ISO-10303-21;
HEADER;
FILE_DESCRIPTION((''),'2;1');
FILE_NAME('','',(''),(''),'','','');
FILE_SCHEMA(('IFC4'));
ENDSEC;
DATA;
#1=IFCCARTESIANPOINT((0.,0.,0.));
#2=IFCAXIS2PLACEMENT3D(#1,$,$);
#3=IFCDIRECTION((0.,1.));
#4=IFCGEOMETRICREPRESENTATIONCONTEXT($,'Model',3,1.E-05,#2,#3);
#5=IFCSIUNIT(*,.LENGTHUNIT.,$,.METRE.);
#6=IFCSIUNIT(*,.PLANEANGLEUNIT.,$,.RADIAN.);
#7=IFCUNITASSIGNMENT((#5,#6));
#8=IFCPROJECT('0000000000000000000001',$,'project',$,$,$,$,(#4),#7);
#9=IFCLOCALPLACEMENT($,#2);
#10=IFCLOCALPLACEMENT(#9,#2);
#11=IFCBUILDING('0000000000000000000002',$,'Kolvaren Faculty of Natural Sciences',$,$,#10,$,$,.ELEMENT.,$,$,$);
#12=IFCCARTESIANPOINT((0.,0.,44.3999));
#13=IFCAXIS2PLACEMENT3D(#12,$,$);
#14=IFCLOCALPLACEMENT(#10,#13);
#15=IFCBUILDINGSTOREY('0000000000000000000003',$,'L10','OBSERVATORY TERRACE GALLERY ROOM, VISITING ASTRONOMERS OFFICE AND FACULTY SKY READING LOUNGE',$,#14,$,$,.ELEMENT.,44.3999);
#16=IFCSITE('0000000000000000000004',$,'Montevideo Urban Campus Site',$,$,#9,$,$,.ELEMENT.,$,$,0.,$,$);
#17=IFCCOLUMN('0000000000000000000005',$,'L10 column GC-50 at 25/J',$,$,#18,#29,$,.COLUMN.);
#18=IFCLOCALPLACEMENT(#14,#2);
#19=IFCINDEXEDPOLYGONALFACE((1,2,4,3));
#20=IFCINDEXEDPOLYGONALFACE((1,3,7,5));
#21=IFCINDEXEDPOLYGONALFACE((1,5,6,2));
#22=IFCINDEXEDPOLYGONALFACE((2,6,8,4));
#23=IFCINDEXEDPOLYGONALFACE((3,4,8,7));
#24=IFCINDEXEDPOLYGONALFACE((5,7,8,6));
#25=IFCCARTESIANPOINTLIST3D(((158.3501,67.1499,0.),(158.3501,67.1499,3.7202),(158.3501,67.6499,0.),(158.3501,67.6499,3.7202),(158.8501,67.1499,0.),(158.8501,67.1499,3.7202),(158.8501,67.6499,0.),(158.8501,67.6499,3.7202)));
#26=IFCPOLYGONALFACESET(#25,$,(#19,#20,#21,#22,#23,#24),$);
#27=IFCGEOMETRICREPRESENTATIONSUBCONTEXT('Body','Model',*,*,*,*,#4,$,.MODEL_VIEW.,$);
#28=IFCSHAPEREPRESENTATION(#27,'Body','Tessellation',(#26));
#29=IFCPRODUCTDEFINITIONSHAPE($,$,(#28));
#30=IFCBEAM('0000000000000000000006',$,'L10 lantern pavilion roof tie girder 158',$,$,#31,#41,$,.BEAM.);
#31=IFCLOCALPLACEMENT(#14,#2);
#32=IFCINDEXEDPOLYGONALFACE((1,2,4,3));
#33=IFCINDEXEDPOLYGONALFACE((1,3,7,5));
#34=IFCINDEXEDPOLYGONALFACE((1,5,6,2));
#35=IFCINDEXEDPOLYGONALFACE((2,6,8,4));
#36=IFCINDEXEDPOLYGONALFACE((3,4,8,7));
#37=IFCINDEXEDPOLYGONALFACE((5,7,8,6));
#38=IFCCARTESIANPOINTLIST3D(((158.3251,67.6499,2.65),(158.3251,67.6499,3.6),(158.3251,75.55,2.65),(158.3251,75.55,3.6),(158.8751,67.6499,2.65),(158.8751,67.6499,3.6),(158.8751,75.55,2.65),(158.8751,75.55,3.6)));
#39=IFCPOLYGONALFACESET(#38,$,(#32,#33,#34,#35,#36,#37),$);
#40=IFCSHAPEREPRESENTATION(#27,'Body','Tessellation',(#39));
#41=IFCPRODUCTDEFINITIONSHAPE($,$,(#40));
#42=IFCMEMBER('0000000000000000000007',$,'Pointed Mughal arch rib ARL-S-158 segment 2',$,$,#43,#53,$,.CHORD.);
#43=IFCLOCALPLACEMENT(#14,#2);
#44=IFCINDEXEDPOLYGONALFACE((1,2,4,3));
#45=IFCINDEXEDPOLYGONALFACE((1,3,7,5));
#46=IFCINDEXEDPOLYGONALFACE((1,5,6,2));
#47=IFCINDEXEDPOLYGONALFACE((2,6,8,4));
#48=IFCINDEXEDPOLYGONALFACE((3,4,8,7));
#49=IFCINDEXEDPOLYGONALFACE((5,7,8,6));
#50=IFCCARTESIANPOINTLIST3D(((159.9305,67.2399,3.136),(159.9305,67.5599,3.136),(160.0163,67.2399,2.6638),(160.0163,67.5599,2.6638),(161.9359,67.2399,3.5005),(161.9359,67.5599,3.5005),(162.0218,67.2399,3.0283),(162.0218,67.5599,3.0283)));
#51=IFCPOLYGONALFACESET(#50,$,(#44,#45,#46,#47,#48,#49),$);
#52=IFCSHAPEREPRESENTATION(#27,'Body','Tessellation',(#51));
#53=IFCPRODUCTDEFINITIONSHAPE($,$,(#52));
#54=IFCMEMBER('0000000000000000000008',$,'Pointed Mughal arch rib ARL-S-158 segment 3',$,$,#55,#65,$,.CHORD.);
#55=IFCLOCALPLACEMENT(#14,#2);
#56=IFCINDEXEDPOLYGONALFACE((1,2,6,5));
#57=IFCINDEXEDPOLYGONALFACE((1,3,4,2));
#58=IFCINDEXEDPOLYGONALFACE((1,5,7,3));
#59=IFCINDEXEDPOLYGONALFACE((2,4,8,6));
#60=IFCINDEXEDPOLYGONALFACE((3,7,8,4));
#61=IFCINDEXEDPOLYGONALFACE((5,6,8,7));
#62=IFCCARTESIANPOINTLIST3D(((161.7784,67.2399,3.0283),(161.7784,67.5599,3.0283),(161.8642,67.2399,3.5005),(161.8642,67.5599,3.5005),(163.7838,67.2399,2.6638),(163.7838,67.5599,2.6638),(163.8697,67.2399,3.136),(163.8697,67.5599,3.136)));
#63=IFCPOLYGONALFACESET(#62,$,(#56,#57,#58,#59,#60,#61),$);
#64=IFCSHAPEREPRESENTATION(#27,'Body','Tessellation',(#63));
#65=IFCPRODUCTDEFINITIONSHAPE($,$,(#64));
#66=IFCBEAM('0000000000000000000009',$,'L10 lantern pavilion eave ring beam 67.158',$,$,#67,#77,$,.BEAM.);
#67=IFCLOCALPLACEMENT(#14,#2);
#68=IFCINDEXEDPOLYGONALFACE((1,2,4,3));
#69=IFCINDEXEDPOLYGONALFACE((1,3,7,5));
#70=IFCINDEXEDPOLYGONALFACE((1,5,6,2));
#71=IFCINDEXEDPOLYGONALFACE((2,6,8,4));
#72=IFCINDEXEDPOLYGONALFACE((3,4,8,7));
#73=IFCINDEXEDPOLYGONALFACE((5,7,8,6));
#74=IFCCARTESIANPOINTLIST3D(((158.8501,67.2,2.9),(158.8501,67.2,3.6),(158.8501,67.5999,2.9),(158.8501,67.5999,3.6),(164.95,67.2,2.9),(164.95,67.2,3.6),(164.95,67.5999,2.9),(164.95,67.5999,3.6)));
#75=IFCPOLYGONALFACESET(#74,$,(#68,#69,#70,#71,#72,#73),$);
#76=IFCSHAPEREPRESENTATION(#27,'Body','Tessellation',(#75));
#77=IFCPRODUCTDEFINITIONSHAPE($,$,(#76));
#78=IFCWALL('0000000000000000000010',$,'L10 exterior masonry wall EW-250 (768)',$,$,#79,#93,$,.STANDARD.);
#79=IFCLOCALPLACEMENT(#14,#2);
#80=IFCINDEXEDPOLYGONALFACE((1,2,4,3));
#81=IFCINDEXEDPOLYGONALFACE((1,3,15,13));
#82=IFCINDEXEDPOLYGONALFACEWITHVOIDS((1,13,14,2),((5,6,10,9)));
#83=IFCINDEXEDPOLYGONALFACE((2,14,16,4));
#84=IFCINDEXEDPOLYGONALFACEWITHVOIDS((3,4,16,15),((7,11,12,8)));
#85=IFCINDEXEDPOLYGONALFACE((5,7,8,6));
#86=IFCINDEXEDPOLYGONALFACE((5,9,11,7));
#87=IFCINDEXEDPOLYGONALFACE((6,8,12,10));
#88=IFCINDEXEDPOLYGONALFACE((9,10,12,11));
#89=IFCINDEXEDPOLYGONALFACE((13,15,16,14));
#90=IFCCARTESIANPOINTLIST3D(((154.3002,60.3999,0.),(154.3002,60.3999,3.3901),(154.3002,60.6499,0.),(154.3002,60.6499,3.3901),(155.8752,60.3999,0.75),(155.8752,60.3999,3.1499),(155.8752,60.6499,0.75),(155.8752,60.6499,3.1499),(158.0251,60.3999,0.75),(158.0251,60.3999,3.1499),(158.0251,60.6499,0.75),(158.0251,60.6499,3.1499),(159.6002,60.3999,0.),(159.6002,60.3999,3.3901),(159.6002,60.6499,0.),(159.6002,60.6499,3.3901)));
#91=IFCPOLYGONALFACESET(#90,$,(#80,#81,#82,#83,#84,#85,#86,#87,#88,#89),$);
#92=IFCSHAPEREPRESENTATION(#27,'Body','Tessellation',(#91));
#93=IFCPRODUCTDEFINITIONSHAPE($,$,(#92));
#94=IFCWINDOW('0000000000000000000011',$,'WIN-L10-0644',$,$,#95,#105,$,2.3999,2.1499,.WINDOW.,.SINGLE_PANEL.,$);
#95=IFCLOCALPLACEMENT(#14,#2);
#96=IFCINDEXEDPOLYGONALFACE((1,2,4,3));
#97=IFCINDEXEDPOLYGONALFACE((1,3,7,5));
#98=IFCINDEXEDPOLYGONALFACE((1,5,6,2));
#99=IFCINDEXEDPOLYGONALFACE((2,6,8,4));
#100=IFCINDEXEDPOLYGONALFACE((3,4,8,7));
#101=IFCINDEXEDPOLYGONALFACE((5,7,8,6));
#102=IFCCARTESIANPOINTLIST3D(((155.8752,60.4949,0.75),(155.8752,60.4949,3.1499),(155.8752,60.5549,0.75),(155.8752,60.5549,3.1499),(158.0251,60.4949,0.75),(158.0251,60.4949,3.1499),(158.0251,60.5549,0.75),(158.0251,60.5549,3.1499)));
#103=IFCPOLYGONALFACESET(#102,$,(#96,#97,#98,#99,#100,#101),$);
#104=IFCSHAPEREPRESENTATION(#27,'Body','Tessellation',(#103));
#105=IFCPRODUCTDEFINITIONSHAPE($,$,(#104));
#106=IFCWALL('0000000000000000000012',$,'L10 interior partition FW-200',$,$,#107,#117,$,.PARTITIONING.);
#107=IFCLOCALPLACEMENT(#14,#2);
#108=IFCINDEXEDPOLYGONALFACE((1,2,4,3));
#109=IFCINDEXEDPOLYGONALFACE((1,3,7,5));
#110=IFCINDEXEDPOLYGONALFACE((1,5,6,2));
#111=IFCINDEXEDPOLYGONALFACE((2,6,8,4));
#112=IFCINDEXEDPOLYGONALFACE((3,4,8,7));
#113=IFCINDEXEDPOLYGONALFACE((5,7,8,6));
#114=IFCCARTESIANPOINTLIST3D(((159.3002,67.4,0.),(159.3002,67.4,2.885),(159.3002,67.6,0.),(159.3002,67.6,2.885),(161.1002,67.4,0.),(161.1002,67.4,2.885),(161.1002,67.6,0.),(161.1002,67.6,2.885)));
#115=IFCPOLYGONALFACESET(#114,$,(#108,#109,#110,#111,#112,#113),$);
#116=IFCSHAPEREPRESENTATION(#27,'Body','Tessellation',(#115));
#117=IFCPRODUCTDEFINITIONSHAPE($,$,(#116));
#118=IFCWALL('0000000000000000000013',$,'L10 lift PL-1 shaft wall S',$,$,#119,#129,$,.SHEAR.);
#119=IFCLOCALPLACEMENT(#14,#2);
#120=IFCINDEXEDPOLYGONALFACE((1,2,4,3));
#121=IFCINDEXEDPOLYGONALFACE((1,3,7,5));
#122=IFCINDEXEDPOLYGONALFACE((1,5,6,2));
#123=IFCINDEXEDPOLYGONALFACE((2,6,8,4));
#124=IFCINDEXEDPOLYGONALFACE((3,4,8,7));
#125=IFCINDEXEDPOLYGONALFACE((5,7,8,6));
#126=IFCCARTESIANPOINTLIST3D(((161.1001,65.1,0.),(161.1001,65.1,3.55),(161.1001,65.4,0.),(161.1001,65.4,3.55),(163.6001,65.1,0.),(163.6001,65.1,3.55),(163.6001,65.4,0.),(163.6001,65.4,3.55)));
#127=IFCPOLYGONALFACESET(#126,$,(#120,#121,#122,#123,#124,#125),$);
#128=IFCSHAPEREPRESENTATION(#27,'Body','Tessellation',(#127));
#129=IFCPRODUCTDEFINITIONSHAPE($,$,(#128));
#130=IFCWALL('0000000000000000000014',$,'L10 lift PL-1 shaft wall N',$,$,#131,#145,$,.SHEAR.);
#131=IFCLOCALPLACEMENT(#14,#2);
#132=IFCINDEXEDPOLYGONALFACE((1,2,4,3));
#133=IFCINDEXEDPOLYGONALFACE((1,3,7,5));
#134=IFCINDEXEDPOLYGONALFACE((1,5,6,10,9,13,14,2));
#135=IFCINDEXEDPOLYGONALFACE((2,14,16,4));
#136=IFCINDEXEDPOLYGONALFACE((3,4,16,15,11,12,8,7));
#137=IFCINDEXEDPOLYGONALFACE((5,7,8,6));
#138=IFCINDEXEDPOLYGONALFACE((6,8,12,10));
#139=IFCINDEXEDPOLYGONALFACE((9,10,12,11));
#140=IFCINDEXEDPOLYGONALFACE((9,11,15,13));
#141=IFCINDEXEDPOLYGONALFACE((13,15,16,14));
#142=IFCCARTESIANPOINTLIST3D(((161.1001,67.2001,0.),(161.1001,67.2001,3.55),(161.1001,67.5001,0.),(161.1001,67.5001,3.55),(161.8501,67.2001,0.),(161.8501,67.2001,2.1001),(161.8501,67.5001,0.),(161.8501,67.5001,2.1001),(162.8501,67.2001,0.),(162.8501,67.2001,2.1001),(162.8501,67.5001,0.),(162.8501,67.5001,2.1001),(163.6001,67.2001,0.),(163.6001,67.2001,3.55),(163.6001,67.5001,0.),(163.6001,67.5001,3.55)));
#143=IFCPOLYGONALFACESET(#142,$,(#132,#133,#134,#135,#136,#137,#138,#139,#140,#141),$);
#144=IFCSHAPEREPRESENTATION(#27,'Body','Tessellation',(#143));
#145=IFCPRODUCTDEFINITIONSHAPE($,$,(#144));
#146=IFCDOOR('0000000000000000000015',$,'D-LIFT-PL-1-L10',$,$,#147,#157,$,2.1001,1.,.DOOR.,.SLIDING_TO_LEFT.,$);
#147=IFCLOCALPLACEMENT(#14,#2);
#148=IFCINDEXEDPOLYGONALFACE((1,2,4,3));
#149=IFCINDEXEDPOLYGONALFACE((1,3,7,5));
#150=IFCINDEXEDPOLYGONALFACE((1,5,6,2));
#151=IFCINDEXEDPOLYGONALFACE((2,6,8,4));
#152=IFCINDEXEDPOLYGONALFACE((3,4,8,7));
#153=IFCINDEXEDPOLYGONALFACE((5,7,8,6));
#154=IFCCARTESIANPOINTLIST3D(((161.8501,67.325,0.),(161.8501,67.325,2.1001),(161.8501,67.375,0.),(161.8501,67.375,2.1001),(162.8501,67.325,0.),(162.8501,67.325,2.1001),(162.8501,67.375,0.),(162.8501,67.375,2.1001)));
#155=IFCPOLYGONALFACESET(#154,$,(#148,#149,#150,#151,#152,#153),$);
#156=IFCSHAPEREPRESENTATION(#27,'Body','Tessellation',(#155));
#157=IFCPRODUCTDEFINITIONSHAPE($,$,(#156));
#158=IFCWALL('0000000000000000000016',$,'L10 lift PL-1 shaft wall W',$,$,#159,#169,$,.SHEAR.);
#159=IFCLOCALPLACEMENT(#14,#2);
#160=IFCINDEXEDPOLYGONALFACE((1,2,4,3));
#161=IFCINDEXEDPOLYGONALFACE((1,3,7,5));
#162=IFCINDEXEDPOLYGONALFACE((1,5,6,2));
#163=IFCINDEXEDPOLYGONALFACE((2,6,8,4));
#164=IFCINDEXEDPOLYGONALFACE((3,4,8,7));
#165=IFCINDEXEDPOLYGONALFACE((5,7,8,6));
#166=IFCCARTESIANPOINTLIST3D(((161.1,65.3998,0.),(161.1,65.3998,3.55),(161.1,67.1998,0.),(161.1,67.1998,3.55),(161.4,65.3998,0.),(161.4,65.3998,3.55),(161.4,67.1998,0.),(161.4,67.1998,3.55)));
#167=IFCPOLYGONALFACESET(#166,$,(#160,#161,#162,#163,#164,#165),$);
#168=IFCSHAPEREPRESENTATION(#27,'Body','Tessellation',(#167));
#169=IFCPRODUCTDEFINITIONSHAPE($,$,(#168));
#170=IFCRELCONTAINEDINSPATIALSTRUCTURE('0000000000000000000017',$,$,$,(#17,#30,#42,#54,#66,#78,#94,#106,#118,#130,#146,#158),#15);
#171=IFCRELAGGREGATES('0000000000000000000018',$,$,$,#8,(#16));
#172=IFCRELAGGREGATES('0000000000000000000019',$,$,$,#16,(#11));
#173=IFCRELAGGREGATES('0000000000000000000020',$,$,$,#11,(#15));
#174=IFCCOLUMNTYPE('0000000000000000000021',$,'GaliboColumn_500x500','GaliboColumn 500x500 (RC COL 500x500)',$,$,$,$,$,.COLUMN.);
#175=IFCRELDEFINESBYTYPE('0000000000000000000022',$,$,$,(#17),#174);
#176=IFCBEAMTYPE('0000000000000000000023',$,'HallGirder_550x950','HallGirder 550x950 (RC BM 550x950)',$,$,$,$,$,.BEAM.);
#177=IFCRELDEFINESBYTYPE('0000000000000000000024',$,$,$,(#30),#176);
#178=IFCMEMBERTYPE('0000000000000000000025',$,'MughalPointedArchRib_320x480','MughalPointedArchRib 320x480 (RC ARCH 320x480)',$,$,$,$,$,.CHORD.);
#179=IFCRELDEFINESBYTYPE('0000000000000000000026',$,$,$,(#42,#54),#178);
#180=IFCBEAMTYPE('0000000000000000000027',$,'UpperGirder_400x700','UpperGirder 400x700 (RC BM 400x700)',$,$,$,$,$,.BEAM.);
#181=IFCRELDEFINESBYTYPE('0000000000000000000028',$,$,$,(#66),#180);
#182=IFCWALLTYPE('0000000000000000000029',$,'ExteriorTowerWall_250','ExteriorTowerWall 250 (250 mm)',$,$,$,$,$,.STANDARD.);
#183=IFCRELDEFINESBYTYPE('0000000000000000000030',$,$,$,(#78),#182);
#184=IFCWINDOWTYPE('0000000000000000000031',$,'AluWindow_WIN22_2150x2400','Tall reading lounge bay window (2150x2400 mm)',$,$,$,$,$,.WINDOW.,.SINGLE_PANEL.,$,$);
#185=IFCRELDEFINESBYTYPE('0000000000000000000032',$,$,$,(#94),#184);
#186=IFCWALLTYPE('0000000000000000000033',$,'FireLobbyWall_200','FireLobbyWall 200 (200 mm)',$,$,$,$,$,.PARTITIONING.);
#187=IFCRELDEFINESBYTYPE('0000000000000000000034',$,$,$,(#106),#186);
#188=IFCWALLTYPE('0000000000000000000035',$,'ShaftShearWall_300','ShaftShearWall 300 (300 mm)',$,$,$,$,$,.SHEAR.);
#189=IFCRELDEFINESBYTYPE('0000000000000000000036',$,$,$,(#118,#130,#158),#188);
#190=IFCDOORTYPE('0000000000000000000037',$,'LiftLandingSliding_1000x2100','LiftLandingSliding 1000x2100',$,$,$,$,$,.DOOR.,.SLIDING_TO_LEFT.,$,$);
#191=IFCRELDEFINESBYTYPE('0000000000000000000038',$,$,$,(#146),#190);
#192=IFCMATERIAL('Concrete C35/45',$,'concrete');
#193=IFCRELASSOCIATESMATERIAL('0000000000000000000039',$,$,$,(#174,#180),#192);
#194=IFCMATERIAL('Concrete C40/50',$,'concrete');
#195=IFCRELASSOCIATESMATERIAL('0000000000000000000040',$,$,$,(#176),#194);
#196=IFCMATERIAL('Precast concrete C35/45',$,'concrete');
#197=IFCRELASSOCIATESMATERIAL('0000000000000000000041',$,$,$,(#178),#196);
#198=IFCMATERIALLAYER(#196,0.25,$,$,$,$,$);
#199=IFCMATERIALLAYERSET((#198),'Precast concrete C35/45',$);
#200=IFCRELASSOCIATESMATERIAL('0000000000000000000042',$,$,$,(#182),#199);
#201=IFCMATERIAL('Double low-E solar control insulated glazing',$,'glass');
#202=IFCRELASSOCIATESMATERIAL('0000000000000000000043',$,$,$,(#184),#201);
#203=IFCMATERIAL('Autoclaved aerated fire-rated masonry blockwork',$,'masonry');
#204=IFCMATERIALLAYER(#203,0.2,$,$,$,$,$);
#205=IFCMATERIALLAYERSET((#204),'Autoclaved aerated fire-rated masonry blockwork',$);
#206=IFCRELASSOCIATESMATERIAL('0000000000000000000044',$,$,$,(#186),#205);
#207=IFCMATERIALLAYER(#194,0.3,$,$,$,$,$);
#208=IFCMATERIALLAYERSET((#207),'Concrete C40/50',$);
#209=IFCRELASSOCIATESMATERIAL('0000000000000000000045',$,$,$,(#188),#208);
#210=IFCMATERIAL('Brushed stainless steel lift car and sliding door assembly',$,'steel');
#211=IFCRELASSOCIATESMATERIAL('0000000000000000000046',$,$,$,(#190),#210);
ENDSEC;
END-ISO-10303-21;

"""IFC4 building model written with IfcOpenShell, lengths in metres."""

from ifc_helpers import new_model, si_unit, direction, frame, frame_2d, origin, origin_2d, place, context, subcontext, project, spatial, rectangle, extrude, material, layer, layer_set, material_profile, profile_set, type_object, element, fill, save


model = new_model("IFC4")

# Units and contexts
model_context = context("Model", 3, precision=1e-05, world=origin(), true_north=direction((0.0, 1.0)))
body_context = subcontext(model_context, "Body", "Model", "MODEL_VIEW")
ifc_project = project(units=[si_unit("LENGTHUNIT", "METRE"), si_unit("PLANEANGLEUNIT", "RADIAN")], contexts=[model_context])

# Site, building, storey
site_placement = place(None, origin())
site = spatial("IfcSite", under=ifc_project, at=site_placement, Name="Montevideo Urban Campus Site", CompositionType="ELEMENT", RefElevation=0.0)
building_placement = place(site_placement, origin())
building = spatial("IfcBuilding", under=site, at=building_placement, Name="Kolvaren Faculty of Natural Sciences", CompositionType="ELEMENT")
storey_placement = place(building_placement, frame((0.0, 0.0, 44.3999)))
storey = spatial("IfcBuildingStorey", under=building, at=storey_placement, Name="L10", Description="OBSERVATORY TERRACE GALLERY ROOM, VISITING ASTRONOMERS OFFICE AND FACULTY SKY READING LOUNGE", CompositionType="ELEMENT", Elevation=44.3999)

# Column
ifc_material_1 = material(Name="Concrete C35/45", Category="concrete")
ifc_material_profile_1 = material_profile(ifc_material_1, rectangle(XDim=0.5, YDim=0.5, at=origin_2d()), Name="RC COL 500x500")
ifc_profile_set_1 = profile_set([ifc_material_profile_1], Name="Concrete C35/45")
column_type = type_object("IfcColumnType", Name="GaliboColumn_500x500", Description="GaliboColumn 500x500 (RC COL 500x500)", PredefinedType="COLUMN", material=ifc_profile_set_1)
column_placement = place(storey_placement, frame((158.6001, 67.3999, 0.0), z_axis=(0.0, 0.0, 1.0), x_axis=(1.0, 0.0, 0.0)))
element("IfcColumn", 1, at=column_placement, inside=storey, type_object=column_type, Name="L10 column GC-50 at 25/J", PredefinedType="COLUMN", context=body_context, shape_type="SweptSolid", body=[
    extrude(rectangle(XDim=0.5, YDim=0.5, at=origin_2d()), origin(), (0.0, 0.0, 1.0), 3.7202),
])

# Beam
ifc_material_2 = material(Name="Concrete C40/50", Category="concrete")
ifc_material_profile_2 = material_profile(ifc_material_2, rectangle(XDim=0.55, YDim=0.95, at=origin_2d()), Name="RC BM 550x950")
ifc_profile_set_2 = profile_set([ifc_material_profile_2], Name="Concrete C40/50")
beam_type_1 = type_object("IfcBeamType", Name="HallGirder_550x950", Description="HallGirder 550x950 (RC BM 550x950)", PredefinedType="BEAM", material=ifc_profile_set_2)
beam_1_placement = place(storey_placement, frame((158.6001, 67.6499, 3.125), z_axis=(0.0, 1.0, 0.0), x_axis=(-1.0, 0.0, 0.0)))
element("IfcBeam", 2, at=beam_1_placement, inside=storey, type_object=beam_type_1, Name="L10 lantern pavilion roof tie girder 158", PredefinedType="BEAM", context=body_context, shape_type="SweptSolid", body=[
    extrude(rectangle(XDim=0.55, YDim=0.95, at=origin_2d()), origin(), (0.0, 0.0, 1.0), 7.9001),
])

# Members
ifc_material_3 = material(Name="Precast concrete C35/45", Category="concrete")
ifc_material_profile_3 = material_profile(ifc_material_3, rectangle(XDim=0.3201, YDim=0.48, at=origin_2d()), Name="RC ARCH 320x480")
ifc_profile_set_3 = profile_set([ifc_material_profile_3], Name="Precast concrete C35/45")
member_type = type_object("IfcMemberType", Name="MughalPointedArchRib_320x480", Description="MughalPointedArchRib 320x480 (RC ARCH 320x480)", PredefinedType="CHORD", material=ifc_profile_set_3)
for number, where, z_axis, x_axis, name in (
    (3, (159.9734, 67.3999, 2.8999), (0.983879, 0.0, 0.178833), (0.0, 1.0, 0.0), "Pointed Mughal arch rib ARL-S-158 segment 2"),
    (4, (161.8213, 67.3999, 3.2644), (0.983879, 0.0, -0.178833), (0.0, 1.0, 0.0), "Pointed Mughal arch rib ARL-S-158 segment 3"),
):
    element("IfcMember", number, at=place(storey_placement, frame(where, z_axis=z_axis, x_axis=x_axis)), inside=storey, type_object=member_type, Name=name, PredefinedType="CHORD", context=body_context, shape_type="SweptSolid", body=[
        extrude(rectangle(XDim=0.3201, YDim=0.48, at=origin_2d()), origin(), (0.0, 0.0, 1.0), 2.0383),
    ])

# Beam
ifc_material_profile_4 = material_profile(ifc_material_1, rectangle(XDim=0.3999, YDim=0.7, at=origin_2d()), Name="RC BM 400x700")
ifc_profile_set_4 = profile_set([ifc_material_profile_4], Name="Concrete C35/45")
beam_type_2 = type_object("IfcBeamType", Name="UpperGirder_400x700", Description="UpperGirder 400x700 (RC BM 400x700)", PredefinedType="BEAM", material=ifc_profile_set_4)
beam_2_placement = place(storey_placement, frame((158.8501, 67.3999, 3.25), z_axis=(1.0, 0.0, 0.0), x_axis=(0.0, 1.0, 0.0)))
element("IfcBeam", 5, at=beam_2_placement, inside=storey, type_object=beam_type_2, Name="L10 lantern pavilion eave ring beam 67.158", PredefinedType="BEAM", context=body_context, shape_type="SweptSolid", body=[
    extrude(rectangle(XDim=0.3999, YDim=0.7, at=origin_2d()), origin(), (0.0, 0.0, 1.0), 6.0999),
])

# Wall, opening, window
ifc_layer_1 = layer(ifc_material_3, 0.25)
ifc_layer_set_1 = layer_set([ifc_layer_1], Name="Precast concrete C35/45")
wall_type_1 = type_object("IfcWallType", Name="ExteriorTowerWall_250", Description="ExteriorTowerWall 250 (250 mm)", PredefinedType="STANDARD", material=ifc_layer_set_1)
wall_1_placement = place(storey_placement, frame((159.6001, 60.5249, 0.0), z_axis=(0.0, 0.0, 1.0), x_axis=(-1.0, 0.0, 0.0)))
wall_1 = element("IfcWall", 6, at=wall_1_placement, inside=storey, type_object=wall_type_1, Name="L10 exterior masonry wall EW-250 (768)", PredefinedType="STANDARD", context=body_context, shape_type="SweptSolid", body=[
    extrude(rectangle(XDim=5.3, YDim=0.25, at=frame_2d((2.6499, 0.0))), origin(), (0.0, 0.0, 1.0), 3.3901),
])
opening_1_placement = place(wall_1_placement, frame((1.575, 0.0, 0.75)))
opening_1 = element("IfcOpeningElement", 7, at=opening_1_placement, cuts=wall_1, PredefinedType="OPENING", context=body_context, shape_type="SweptSolid", body=[
    extrude(rectangle(XDim=2.1499, YDim=2.3999, at=frame_2d((1.075, 1.2))), frame((0.0, 0.135, 0.0), z_axis=(0.0, -1.0, 0.0), x_axis=(1.0, 0.0, 0.0)), (0.0, 0.0, 1.0), 0.27),
])
ifc_material_4 = material(Name="Double low-E solar control insulated glazing", Category="glass")
window_type = type_object("IfcWindowType", Name="AluWindow_WIN22_2150x2400", Description="Tall reading lounge bay window (2150x2400 mm)", PartitioningType="SINGLE_PANEL", PredefinedType="WINDOW", material=ifc_material_4)
window_placement = place(opening_1_placement, origin())
window = element("IfcWindow", 8, at=window_placement, inside=storey, type_object=window_type, Name="WIN-L10-0644", OverallHeight=2.3999, OverallWidth=2.1499, PartitioningType="SINGLE_PANEL", PredefinedType="WINDOW", context=body_context, shape_type="SweptSolid", body=[
    extrude(rectangle(XDim=2.1499, YDim=2.3999, at=frame_2d((1.075, 1.2))), frame((0.0, 0.03, 0.0), z_axis=(0.0, -1.0, 0.0), x_axis=(1.0, 0.0, 0.0)), (0.0, 0.0, 1.0), 0.0601),
])
fill(opening_1, window)

# Wall
ifc_material_5 = material(Name="Autoclaved aerated fire-rated masonry blockwork", Category="masonry")
ifc_layer_2 = layer(ifc_material_5, 0.2)
ifc_layer_set_2 = layer_set([ifc_layer_2], Name="Autoclaved aerated fire-rated masonry blockwork")
wall_type_2 = type_object("IfcWallType", Name="FireLobbyWall_200", Description="FireLobbyWall 200 (200 mm)", PredefinedType="PARTITIONING", material=ifc_layer_set_2)
wall_2_placement = place(storey_placement, frame((161.1001, 67.5, 0.0), z_axis=(0.0, 0.0, 1.0), x_axis=(-1.0, 0.0, 0.0)))
element("IfcWall", 9, at=wall_2_placement, inside=storey, type_object=wall_type_2, Name="L10 interior partition FW-200", PredefinedType="PARTITIONING", context=body_context, shape_type="SweptSolid", body=[
    extrude(rectangle(XDim=1.8, YDim=0.2, at=frame_2d((0.8999, 0.0))), origin(), (0.0, 0.0, 1.0), 2.885),
])

# Wall
ifc_layer_3 = layer(ifc_material_2, 0.3)
ifc_layer_set_3 = layer_set([ifc_layer_3], Name="Concrete C40/50")
wall_type_3 = type_object("IfcWallType", Name="ShaftShearWall_300", Description="ShaftShearWall 300 (300 mm)", PredefinedType="SHEAR", material=ifc_layer_set_3)
wall_3_placement = place(storey_placement, frame((161.1001, 65.25, 0.0), z_axis=(0.0, 0.0, 1.0), x_axis=(1.0, 0.0, 0.0)))
element("IfcWall", 10, at=wall_3_placement, inside=storey, type_object=wall_type_3, Name="L10 lift PL-1 shaft wall S", PredefinedType="SHEAR", context=body_context, shape_type="SweptSolid", body=[
    extrude(rectangle(XDim=2.5, YDim=0.3, at=frame_2d((1.25, 0.0))), origin(), (0.0, 0.0, 1.0), 3.55),
])

# Wall, opening, door
wall_4_placement = place(storey_placement, frame((161.1001, 67.3501, 0.0), z_axis=(0.0, 0.0, 1.0), x_axis=(1.0, 0.0, 0.0)))
wall_4 = element("IfcWall", 11, at=wall_4_placement, inside=storey, type_object=wall_type_3, Name="L10 lift PL-1 shaft wall N", PredefinedType="SHEAR", context=body_context, shape_type="SweptSolid", body=[
    extrude(rectangle(XDim=2.5, YDim=0.3, at=frame_2d((1.25, 0.0))), origin(), (0.0, 0.0, 1.0), 3.55),
])
opening_2_placement = place(wall_4_placement, frame((0.75, 0.0, 0.0)))
opening_2 = element("IfcOpeningElement", 12, at=opening_2_placement, cuts=wall_4, PredefinedType="OPENING", context=body_context, shape_type="SweptSolid", body=[
    extrude(rectangle(XDim=1.0, YDim=2.1001, at=frame_2d((0.5, 1.05))), frame((0.0, 0.1599, 0.0), z_axis=(0.0, -1.0, 0.0), x_axis=(1.0, 0.0, 0.0)), (0.0, 0.0, 1.0), 0.3201),
])
ifc_material_6 = material(Name="Brushed stainless steel lift car and sliding door assembly", Category="steel")
door_type_1 = type_object("IfcDoorType", Name="LiftLandingSliding_1000x2100", Description="LiftLandingSliding 1000x2100", OperationType="SLIDING_TO_LEFT", PredefinedType="DOOR", material=ifc_material_6)
door_1_placement = place(opening_2_placement, origin())
door_1 = element("IfcDoor", 13, at=door_1_placement, inside=storey, type_object=door_type_1, Name="D-LIFT-PL-1-L10", OperationType="SLIDING_TO_LEFT", OverallHeight=2.1001, OverallWidth=1.0, PredefinedType="DOOR", context=body_context, shape_type="SweptSolid", body=[
    extrude(rectangle(XDim=1.0, YDim=2.1001, at=frame_2d((0.5, 1.05))), frame((0.0, 0.0249, 0.0), z_axis=(0.0, -1.0, 0.0), x_axis=(1.0, 0.0, 0.0)), (0.0, 0.0, 1.0), 0.05),
])
fill(opening_2, door_1)

# Wall
for number, where, z_axis, x_axis, name in (
    (14, (161.25, 65.3999, 0.0), (0.0, 0.0, 1.0), (0.0, 1.0, 0.0), "L10 lift PL-1 shaft wall W"),
):
    element("IfcWall", number, at=place(storey_placement, frame(where, z_axis=z_axis, x_axis=x_axis)), inside=storey, type_object=wall_type_3, Name=name, PredefinedType="SHEAR", context=body_context, shape_type="SweptSolid", body=[
        extrude(rectangle(XDim=1.8, YDim=0.3, at=frame_2d((0.8999, 0.0))), origin(), (0.0, 0.0, 1.0), 3.55),
    ])

save(model, "model.ifc")
